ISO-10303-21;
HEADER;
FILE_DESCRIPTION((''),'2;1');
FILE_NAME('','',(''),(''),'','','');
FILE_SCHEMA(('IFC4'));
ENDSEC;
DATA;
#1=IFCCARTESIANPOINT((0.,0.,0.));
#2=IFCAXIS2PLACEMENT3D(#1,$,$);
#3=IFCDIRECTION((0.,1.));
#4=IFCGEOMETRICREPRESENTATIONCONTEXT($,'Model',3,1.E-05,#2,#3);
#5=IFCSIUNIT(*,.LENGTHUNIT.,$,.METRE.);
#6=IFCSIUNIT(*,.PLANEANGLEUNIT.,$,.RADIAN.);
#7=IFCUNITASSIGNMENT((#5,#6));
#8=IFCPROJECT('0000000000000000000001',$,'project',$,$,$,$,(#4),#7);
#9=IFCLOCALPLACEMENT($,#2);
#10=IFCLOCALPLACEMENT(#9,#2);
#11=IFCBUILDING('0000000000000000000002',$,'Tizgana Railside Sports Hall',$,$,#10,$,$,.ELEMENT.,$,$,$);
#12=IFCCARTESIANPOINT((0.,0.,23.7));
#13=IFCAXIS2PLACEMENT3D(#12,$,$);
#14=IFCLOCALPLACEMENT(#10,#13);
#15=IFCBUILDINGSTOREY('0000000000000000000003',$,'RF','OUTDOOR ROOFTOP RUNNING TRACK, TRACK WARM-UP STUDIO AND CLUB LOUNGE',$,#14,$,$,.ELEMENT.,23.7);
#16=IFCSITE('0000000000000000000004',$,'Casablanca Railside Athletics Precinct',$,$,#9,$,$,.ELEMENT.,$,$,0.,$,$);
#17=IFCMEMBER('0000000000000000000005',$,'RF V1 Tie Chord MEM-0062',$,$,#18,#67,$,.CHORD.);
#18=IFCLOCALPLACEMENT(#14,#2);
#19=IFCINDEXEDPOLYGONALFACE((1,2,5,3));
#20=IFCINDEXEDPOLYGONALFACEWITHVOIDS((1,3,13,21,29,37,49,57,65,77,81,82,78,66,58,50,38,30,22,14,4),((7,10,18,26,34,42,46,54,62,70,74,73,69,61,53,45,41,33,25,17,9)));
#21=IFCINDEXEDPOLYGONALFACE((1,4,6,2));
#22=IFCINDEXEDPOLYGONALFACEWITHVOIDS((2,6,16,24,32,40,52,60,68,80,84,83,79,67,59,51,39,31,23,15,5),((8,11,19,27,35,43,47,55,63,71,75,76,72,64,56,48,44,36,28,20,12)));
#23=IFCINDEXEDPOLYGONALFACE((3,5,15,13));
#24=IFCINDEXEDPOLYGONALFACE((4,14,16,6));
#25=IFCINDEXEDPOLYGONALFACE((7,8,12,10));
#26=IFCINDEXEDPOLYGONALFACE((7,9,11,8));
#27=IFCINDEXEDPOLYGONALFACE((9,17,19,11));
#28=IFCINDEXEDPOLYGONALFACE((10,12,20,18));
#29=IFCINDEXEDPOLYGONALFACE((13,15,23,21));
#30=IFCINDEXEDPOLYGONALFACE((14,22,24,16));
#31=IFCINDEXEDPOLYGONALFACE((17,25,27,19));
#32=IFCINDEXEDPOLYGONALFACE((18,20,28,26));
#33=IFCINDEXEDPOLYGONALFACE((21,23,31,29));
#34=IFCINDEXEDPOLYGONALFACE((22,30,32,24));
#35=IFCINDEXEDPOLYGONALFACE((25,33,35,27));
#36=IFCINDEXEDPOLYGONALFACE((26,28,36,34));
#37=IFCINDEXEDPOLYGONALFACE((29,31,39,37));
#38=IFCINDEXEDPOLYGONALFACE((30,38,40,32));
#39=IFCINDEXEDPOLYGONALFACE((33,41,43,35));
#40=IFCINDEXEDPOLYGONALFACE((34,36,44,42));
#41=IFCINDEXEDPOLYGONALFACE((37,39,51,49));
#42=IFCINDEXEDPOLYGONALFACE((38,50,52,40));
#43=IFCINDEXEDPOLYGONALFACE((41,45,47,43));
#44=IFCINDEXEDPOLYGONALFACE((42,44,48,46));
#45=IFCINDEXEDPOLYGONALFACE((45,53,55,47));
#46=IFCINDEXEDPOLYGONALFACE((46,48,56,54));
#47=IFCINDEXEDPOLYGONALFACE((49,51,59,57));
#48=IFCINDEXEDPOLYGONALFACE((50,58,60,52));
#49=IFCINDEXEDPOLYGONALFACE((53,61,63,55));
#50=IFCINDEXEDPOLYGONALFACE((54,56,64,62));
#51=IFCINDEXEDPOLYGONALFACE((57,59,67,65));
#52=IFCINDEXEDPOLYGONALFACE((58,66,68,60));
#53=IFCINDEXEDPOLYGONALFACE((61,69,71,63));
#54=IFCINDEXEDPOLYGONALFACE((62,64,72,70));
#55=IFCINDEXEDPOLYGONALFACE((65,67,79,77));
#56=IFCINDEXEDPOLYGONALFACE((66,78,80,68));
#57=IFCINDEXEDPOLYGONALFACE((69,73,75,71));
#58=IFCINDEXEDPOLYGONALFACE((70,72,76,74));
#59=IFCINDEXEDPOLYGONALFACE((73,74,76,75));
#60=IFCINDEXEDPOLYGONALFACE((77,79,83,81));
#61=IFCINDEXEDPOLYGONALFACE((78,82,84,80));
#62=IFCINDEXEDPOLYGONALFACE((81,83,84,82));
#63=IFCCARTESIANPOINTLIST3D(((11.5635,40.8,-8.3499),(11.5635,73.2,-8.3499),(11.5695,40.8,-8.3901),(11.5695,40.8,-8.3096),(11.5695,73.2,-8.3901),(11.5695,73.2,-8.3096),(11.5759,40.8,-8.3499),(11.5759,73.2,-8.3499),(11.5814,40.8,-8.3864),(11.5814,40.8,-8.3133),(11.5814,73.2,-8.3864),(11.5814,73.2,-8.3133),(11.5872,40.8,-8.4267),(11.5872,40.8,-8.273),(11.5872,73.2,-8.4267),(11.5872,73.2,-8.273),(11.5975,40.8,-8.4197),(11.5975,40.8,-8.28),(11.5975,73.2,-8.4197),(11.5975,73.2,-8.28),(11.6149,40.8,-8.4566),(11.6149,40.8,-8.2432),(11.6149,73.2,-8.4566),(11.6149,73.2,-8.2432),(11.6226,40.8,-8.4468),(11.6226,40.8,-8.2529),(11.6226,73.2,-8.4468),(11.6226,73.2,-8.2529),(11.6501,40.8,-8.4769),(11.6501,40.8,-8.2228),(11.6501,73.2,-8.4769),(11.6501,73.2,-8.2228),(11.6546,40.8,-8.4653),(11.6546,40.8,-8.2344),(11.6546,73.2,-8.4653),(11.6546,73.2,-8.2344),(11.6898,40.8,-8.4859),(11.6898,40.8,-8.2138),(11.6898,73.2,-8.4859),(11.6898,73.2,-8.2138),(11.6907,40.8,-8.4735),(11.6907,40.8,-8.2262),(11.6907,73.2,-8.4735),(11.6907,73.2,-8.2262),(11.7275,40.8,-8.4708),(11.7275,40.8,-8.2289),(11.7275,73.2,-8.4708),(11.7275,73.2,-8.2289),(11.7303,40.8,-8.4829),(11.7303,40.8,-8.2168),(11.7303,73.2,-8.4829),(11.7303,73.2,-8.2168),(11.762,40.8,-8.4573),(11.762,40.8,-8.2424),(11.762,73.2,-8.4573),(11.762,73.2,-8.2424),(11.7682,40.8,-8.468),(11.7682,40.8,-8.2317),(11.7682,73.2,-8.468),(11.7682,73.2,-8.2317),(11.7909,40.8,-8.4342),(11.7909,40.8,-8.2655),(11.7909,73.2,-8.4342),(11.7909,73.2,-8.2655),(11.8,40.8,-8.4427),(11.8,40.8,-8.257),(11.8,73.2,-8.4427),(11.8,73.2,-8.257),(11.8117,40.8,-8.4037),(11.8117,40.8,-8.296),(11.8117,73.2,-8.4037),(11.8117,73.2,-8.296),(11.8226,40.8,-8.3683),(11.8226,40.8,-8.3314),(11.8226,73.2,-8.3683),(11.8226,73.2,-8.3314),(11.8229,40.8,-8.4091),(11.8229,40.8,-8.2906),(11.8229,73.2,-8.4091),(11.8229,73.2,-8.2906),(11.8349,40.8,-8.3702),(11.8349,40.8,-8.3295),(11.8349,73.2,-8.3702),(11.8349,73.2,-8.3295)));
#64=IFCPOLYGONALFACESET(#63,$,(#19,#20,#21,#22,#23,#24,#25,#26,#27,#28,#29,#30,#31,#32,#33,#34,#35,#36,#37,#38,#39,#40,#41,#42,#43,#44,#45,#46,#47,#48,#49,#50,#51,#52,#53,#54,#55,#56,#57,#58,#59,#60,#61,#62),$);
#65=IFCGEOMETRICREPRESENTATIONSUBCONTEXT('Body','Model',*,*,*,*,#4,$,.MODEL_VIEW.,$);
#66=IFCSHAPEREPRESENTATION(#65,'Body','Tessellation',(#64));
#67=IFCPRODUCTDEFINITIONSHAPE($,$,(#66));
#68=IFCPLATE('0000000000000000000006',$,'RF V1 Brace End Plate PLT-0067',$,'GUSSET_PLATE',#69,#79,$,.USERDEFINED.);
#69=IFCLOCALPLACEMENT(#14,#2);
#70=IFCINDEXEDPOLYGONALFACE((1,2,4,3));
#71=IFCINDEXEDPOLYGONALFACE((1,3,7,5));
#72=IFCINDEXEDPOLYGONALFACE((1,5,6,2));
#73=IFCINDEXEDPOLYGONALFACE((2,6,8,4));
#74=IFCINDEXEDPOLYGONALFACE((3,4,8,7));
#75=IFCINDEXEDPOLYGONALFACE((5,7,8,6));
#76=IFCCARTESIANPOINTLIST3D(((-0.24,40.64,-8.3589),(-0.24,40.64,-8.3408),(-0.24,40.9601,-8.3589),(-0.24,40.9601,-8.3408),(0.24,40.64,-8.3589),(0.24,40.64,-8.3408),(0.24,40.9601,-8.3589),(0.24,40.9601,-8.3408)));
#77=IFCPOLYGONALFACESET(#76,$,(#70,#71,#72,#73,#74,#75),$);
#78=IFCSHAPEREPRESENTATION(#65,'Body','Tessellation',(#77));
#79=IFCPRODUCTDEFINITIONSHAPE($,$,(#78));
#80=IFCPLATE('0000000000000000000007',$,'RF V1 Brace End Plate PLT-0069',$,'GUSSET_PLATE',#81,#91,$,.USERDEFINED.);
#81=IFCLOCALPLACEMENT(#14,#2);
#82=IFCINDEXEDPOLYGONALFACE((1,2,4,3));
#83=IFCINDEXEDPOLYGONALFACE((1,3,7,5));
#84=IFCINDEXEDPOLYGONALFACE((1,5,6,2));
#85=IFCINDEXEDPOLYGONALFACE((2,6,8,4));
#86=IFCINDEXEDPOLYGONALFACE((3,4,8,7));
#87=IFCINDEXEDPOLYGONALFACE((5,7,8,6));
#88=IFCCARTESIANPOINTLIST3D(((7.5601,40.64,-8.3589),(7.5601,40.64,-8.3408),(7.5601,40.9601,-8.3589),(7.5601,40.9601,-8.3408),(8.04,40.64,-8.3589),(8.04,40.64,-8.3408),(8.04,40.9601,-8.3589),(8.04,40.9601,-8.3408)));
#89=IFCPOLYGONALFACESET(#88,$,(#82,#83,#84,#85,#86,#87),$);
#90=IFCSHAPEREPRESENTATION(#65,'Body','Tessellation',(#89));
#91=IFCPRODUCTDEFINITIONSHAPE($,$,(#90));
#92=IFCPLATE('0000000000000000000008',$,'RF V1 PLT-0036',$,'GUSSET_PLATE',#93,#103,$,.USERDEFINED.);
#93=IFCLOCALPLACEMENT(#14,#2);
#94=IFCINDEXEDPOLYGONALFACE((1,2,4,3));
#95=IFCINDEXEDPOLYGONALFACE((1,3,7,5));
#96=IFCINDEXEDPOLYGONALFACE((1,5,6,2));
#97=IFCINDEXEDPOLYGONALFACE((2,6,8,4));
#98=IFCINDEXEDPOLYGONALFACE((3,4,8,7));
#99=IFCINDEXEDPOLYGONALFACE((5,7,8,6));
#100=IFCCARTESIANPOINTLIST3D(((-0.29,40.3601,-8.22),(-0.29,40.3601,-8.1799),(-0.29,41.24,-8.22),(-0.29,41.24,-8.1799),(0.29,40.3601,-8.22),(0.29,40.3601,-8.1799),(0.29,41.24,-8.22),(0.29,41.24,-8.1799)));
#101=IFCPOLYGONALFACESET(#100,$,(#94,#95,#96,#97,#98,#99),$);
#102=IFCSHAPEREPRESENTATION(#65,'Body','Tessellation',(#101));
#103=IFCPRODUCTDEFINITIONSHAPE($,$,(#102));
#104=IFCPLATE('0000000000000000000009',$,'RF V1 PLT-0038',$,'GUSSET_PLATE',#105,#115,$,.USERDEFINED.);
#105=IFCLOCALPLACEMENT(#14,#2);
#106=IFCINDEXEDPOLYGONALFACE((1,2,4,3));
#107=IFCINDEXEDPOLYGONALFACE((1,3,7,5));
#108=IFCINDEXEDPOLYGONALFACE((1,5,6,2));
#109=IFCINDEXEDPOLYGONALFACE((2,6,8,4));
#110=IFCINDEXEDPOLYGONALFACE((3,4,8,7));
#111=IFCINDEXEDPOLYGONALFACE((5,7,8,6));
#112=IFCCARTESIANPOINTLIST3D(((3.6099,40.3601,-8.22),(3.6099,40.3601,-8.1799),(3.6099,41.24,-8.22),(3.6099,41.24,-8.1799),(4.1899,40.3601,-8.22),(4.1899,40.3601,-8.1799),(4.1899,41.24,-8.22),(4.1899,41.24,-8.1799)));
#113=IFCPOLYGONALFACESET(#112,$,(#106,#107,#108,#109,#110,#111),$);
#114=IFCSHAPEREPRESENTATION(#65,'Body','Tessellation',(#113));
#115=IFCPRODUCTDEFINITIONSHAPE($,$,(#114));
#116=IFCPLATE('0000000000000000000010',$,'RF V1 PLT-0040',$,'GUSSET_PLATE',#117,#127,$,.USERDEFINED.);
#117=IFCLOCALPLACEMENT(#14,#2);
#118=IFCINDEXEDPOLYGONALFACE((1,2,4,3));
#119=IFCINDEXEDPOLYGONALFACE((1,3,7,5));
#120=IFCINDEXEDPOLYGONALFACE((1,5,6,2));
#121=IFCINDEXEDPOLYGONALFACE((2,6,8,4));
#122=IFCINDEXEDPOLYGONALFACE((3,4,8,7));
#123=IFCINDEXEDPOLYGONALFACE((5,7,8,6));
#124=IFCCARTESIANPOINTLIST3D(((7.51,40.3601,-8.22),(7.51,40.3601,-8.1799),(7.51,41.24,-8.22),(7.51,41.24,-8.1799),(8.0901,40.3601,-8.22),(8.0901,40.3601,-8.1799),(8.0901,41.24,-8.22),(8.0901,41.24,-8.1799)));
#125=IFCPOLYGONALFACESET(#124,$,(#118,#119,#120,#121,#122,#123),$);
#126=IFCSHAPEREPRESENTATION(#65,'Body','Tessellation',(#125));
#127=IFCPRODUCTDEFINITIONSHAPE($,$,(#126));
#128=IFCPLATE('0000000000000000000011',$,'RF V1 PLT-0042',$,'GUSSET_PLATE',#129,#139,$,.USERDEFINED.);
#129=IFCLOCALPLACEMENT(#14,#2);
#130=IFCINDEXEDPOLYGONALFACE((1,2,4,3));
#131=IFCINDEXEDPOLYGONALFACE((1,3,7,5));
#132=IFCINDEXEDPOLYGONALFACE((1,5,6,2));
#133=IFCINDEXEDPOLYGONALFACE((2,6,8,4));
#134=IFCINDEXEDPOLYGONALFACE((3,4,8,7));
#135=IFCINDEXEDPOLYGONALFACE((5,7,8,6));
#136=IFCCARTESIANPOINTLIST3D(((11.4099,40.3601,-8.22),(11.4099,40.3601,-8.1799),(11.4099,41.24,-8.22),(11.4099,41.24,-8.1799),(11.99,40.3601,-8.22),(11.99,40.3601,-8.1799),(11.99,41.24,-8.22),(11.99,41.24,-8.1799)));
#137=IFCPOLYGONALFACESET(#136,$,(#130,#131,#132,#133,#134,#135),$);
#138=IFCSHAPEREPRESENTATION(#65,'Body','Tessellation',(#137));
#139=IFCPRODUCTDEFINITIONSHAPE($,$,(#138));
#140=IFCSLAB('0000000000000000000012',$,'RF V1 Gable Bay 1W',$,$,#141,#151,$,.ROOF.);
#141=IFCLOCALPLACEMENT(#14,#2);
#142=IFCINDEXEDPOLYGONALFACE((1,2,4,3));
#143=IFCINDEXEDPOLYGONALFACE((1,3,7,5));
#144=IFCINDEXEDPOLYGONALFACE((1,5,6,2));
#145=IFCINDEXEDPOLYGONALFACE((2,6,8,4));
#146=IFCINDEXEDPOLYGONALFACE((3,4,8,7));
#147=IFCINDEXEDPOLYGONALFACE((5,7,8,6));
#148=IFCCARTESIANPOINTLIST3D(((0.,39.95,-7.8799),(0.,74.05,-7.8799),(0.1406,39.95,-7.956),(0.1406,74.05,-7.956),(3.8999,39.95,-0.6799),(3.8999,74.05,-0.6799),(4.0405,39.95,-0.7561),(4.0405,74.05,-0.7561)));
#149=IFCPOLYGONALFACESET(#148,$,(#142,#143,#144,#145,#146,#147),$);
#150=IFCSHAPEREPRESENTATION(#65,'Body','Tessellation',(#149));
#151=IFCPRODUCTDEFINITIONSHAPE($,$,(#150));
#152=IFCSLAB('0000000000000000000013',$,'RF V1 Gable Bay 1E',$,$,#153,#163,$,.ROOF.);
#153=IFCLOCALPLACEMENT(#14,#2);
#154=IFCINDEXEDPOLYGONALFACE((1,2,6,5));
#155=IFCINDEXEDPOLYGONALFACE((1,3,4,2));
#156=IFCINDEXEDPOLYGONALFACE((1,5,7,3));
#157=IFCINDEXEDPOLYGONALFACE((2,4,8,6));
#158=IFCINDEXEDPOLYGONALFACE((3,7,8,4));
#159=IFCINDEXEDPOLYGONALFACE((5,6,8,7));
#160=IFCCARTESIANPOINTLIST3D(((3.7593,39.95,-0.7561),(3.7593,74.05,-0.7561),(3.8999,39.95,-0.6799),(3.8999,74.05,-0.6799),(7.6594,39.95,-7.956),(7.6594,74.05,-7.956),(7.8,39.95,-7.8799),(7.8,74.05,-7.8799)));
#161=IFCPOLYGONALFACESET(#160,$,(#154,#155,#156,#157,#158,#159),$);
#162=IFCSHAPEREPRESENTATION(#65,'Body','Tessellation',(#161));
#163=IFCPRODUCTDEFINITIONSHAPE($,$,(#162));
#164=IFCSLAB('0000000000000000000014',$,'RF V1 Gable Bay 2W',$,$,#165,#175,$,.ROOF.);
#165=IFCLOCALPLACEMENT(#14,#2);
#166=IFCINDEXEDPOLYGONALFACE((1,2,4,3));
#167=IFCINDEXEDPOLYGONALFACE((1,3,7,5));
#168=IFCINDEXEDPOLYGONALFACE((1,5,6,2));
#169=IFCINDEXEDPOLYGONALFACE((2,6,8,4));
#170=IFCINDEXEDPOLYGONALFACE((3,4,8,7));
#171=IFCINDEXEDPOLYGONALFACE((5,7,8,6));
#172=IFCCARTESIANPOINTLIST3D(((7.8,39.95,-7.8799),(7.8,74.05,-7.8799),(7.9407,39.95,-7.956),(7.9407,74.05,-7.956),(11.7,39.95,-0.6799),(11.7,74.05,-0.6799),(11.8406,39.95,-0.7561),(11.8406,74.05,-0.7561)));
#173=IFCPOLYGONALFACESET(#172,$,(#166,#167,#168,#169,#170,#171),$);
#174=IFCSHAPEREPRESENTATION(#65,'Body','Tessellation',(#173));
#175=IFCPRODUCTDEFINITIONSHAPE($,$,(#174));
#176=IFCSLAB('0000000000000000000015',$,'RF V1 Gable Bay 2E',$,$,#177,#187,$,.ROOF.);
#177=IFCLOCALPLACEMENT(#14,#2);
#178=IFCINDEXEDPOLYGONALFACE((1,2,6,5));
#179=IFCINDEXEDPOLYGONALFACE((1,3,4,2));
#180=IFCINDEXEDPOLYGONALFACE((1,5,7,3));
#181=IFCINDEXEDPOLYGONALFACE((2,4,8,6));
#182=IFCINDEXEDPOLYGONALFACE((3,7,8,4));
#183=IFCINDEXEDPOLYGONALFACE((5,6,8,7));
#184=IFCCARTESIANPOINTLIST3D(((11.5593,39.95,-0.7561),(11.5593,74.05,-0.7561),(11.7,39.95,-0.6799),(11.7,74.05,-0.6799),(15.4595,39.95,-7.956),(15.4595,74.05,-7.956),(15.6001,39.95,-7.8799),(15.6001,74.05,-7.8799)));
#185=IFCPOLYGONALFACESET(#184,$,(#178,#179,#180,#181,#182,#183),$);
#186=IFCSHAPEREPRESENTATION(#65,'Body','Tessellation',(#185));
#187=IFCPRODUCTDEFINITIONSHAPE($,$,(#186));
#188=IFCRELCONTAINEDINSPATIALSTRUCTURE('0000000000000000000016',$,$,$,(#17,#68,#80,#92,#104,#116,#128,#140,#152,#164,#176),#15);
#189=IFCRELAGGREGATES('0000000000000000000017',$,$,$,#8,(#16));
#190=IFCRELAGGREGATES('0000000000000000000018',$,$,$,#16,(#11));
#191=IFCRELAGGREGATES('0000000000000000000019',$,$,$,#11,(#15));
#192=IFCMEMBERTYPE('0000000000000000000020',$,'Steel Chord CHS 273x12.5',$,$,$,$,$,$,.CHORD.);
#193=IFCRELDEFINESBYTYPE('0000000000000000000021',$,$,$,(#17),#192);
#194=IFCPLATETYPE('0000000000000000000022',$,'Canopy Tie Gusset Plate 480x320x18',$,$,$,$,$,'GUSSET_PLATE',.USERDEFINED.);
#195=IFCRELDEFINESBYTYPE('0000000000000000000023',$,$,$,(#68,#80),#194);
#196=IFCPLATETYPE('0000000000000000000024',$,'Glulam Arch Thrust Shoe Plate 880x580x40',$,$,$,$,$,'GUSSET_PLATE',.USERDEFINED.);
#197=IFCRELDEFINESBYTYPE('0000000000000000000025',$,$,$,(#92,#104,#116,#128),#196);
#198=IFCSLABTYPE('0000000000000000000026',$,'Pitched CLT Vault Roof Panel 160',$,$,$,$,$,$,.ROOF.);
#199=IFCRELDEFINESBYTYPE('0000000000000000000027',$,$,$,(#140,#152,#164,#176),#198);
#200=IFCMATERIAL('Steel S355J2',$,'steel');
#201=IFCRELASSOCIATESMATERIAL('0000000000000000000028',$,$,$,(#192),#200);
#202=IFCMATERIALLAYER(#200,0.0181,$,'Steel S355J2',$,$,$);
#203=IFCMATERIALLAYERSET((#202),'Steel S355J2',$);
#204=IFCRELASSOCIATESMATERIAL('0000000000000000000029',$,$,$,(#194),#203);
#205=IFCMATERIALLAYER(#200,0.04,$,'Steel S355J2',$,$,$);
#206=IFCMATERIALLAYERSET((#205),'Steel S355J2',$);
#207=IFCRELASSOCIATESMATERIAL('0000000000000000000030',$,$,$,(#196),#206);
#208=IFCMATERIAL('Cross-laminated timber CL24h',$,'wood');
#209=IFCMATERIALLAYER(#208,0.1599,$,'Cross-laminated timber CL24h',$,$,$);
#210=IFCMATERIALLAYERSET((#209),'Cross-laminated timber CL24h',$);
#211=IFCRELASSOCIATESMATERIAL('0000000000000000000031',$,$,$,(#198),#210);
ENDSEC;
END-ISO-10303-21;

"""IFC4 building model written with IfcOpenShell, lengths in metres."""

from ifc_helpers import new_model, si_unit, direction, frame, origin, origin_2d, place, context, subcontext, project, spatial, polyline, rectangle, hollow_circle, outline, extrude, material, layer, layer_set, material_profile, profile_set, type_object, element, save


model = new_model("IFC4")

# Units and contexts
model_context = context("Model", 3, precision=1e-05, world=origin(), true_north=direction((0.0, 1.0)))
body_context = subcontext(model_context, "Body", "Model", "MODEL_VIEW")
ifc_project = project(units=[si_unit("LENGTHUNIT", "METRE"), si_unit("PLANEANGLEUNIT", "RADIAN")], contexts=[model_context])

# Site, building, storey
site_placement = place(None, origin())
site = spatial("IfcSite", under=ifc_project, at=site_placement, Name="Casablanca Railside Athletics Precinct", CompositionType="ELEMENT", RefElevation=0.0)
building_placement = place(site_placement, origin())
building = spatial("IfcBuilding", under=site, at=building_placement, Name="Tizgana Railside Sports Hall", CompositionType="ELEMENT")
storey_placement = place(building_placement, frame((0.0, 0.0, 23.7)))
storey = spatial("IfcBuildingStorey", under=building, at=storey_placement, Name="RF", Description="OUTDOOR ROOFTOP RUNNING TRACK, TRACK WARM-UP STUDIO AND CLUB LOUNGE", CompositionType="ELEMENT", Elevation=23.7)

# Shared definitions
ifc_material_1 = material(Name="Steel S355J2", Category="steel")

# Member
ifc_material_profile_1 = material_profile(ifc_material_1, hollow_circle(Radius=0.1365, WallThickness=0.0125, at=origin_2d()), Name="CHS 273x12.5")
ifc_profile_set_1 = profile_set([ifc_material_profile_1], Name="Steel S355J2")
member_type_1 = type_object("IfcMemberType", Name="Steel Chord CHS 273x12.5", PredefinedType="CHORD", material=ifc_profile_set_1)
for number, where, z_axis, x_axis, name in (
    (1, (11.7, 40.8, -8.3499), (0.0, 1.0, 0.0), (-1.0, 0.0, 0.0), "RF V1 Tie Chord MEM-0062"),
):
    element("IfcMember", number, at=place(storey_placement, frame(where, z_axis=z_axis, x_axis=x_axis)), inside=storey, type_object=member_type_1, Name=name, PredefinedType="CHORD", context=body_context, shape_type="SweptSolid", body=[
        extrude(hollow_circle(Radius=0.1365, WallThickness=0.0125, at=origin_2d()), origin(), (0.0, 0.0, 1.0), 32.3999),
    ])

# Plates
ifc_layer_1 = layer(ifc_material_1, 0.0181, Name="Steel S355J2")
ifc_layer_set_1 = layer_set([ifc_layer_1], Name="Steel S355J2")
plate_type_1 = type_object("IfcPlateType", Name="Canopy Tie Gusset Plate 480x320x18", ElementType="GUSSET_PLATE", PredefinedType="USERDEFINED", material=ifc_layer_set_1)
for number, where, z_axis, x_axis, name in (
    (2, (0.0, 40.8, -8.3589), (0.0, 0.0, 1.0), (1.0, 0.0, 0.0), "RF V1 Brace End Plate PLT-0067"),
    (3, (7.8, 40.8, -8.3589), (0.0, 0.0, 1.0), (1.0, 0.0, 0.0), "RF V1 Brace End Plate PLT-0069"),
):
    element("IfcPlate", number, at=place(storey_placement, frame(where, z_axis=z_axis, x_axis=x_axis)), inside=storey, type_object=plate_type_1, Name=name, ObjectType="GUSSET_PLATE", PredefinedType="USERDEFINED", context=body_context, shape_type="SweptSolid", body=[
        extrude(rectangle(XDim=0.48, YDim=0.3201, at=origin_2d()), origin(), (0.0, 0.0, 1.0), 0.0181),
    ])
ifc_layer_2 = layer(ifc_material_1, 0.04, Name="Steel S355J2")
ifc_layer_set_2 = layer_set([ifc_layer_2], Name="Steel S355J2")
plate_type_2 = type_object("IfcPlateType", Name="Glulam Arch Thrust Shoe Plate 880x580x40", ElementType="GUSSET_PLATE", PredefinedType="USERDEFINED", material=ifc_layer_set_2)
for number, where, z_axis, x_axis, name in (
    (4, (0.0, 40.8, -8.22), (0.0, 0.0, 1.0), (1.0, 0.0, 0.0), "RF V1 PLT-0036"),
    (5, (3.8999, 40.8, -8.22), (0.0, 0.0, 1.0), (1.0, 0.0, 0.0), "RF V1 PLT-0038"),
    (6, (7.8, 40.8, -8.22), (0.0, 0.0, 1.0), (1.0, 0.0, 0.0), "RF V1 PLT-0040"),
    (7, (11.7, 40.8, -8.22), (0.0, 0.0, 1.0), (1.0, 0.0, 0.0), "RF V1 PLT-0042"),
):
    element("IfcPlate", number, at=place(storey_placement, frame(where, z_axis=z_axis, x_axis=x_axis)), inside=storey, type_object=plate_type_2, Name=name, ObjectType="GUSSET_PLATE", PredefinedType="USERDEFINED", context=body_context, shape_type="SweptSolid", body=[
        extrude(rectangle(XDim=0.5801, YDim=0.8799, at=origin_2d()), origin(), (0.0, 0.0, 1.0), 0.04),
    ])

# Slabs
ifc_material_2 = material(Name="Cross-laminated timber CL24h", Category="wood")
ifc_layer_3 = layer(ifc_material_2, 0.1599, Name="Cross-laminated timber CL24h")
ifc_layer_set_3 = layer_set([ifc_layer_3], Name="Cross-laminated timber CL24h")
slab_type = type_object("IfcSlabType", Name="Pitched CLT Vault Roof Panel 160", PredefinedType="ROOF", material=ifc_layer_set_3)
slab_1_placement = place(storey_placement, frame((0.0, 39.95, -7.8799), z_axis=(-0.879296, 0.0, 0.476276), x_axis=(0.476276, 0.0, 0.879296)))
element("IfcSlab", 8, at=slab_1_placement, inside=storey, type_object=slab_type, Name="RF V1 Gable Bay 1W", PredefinedType="ROOF", context=body_context, shape_type="SweptSolid", body=[
    extrude(outline(polyline([(0.0, 0.0), (8.1883, 0.0), (8.1883, 34.1001), (0.0, 34.1001), (0.0, 0.0)])), origin(), (0.0, 0.0, -1.0), 0.1599),
])
slab_2_placement = place(storey_placement, frame((3.8999, 39.95, -0.6799), z_axis=(0.879283, 0.0, 0.476299), x_axis=(0.476299, 0.0, -0.879283)))
element("IfcSlab", 9, at=slab_2_placement, inside=storey, type_object=slab_type, Name="RF V1 Gable Bay 1E", PredefinedType="ROOF", context=body_context, shape_type="SweptSolid", body=[
    extrude(outline(polyline([(0.0, 0.0), (8.1884, 0.0), (8.1884, 34.1001), (0.0, 34.1001), (0.0, 0.0)])), origin(), (0.0, 0.0, -1.0), 0.1599),
])
slab_3_placement = place(storey_placement, frame((7.8, 39.95, -7.8799), z_axis=(-0.879296, 0.0, 0.476276), x_axis=(0.476276, 0.0, 0.879296)))
element("IfcSlab", 10, at=slab_3_placement, inside=storey, type_object=slab_type, Name="RF V1 Gable Bay 2W", PredefinedType="ROOF", context=body_context, shape_type="SweptSolid", body=[
    extrude(outline(polyline([(0.0, 0.0), (8.1883, 0.0), (8.1883, 34.1001), (0.0, 34.1001), (0.0, 0.0)])), origin(), (0.0, 0.0, -1.0), 0.1599),
])
slab_4_placement = place(storey_placement, frame((11.7, 39.95, -0.6799), z_axis=(0.879283, 0.0, 0.476299), x_axis=(0.476299, 0.0, -0.879283)))
element("IfcSlab", 11, at=slab_4_placement, inside=storey, type_object=slab_type, Name="RF V1 Gable Bay 2E", PredefinedType="ROOF", context=body_context, shape_type="SweptSolid", body=[
    extrude(outline(polyline([(0.0, 0.0), (8.1884, 0.0), (8.1884, 34.1001), (0.0, 34.1001), (0.0, 0.0)])), origin(), (0.0, 0.0, -1.0), 0.1599),
])

save(model, "model.ifc")
